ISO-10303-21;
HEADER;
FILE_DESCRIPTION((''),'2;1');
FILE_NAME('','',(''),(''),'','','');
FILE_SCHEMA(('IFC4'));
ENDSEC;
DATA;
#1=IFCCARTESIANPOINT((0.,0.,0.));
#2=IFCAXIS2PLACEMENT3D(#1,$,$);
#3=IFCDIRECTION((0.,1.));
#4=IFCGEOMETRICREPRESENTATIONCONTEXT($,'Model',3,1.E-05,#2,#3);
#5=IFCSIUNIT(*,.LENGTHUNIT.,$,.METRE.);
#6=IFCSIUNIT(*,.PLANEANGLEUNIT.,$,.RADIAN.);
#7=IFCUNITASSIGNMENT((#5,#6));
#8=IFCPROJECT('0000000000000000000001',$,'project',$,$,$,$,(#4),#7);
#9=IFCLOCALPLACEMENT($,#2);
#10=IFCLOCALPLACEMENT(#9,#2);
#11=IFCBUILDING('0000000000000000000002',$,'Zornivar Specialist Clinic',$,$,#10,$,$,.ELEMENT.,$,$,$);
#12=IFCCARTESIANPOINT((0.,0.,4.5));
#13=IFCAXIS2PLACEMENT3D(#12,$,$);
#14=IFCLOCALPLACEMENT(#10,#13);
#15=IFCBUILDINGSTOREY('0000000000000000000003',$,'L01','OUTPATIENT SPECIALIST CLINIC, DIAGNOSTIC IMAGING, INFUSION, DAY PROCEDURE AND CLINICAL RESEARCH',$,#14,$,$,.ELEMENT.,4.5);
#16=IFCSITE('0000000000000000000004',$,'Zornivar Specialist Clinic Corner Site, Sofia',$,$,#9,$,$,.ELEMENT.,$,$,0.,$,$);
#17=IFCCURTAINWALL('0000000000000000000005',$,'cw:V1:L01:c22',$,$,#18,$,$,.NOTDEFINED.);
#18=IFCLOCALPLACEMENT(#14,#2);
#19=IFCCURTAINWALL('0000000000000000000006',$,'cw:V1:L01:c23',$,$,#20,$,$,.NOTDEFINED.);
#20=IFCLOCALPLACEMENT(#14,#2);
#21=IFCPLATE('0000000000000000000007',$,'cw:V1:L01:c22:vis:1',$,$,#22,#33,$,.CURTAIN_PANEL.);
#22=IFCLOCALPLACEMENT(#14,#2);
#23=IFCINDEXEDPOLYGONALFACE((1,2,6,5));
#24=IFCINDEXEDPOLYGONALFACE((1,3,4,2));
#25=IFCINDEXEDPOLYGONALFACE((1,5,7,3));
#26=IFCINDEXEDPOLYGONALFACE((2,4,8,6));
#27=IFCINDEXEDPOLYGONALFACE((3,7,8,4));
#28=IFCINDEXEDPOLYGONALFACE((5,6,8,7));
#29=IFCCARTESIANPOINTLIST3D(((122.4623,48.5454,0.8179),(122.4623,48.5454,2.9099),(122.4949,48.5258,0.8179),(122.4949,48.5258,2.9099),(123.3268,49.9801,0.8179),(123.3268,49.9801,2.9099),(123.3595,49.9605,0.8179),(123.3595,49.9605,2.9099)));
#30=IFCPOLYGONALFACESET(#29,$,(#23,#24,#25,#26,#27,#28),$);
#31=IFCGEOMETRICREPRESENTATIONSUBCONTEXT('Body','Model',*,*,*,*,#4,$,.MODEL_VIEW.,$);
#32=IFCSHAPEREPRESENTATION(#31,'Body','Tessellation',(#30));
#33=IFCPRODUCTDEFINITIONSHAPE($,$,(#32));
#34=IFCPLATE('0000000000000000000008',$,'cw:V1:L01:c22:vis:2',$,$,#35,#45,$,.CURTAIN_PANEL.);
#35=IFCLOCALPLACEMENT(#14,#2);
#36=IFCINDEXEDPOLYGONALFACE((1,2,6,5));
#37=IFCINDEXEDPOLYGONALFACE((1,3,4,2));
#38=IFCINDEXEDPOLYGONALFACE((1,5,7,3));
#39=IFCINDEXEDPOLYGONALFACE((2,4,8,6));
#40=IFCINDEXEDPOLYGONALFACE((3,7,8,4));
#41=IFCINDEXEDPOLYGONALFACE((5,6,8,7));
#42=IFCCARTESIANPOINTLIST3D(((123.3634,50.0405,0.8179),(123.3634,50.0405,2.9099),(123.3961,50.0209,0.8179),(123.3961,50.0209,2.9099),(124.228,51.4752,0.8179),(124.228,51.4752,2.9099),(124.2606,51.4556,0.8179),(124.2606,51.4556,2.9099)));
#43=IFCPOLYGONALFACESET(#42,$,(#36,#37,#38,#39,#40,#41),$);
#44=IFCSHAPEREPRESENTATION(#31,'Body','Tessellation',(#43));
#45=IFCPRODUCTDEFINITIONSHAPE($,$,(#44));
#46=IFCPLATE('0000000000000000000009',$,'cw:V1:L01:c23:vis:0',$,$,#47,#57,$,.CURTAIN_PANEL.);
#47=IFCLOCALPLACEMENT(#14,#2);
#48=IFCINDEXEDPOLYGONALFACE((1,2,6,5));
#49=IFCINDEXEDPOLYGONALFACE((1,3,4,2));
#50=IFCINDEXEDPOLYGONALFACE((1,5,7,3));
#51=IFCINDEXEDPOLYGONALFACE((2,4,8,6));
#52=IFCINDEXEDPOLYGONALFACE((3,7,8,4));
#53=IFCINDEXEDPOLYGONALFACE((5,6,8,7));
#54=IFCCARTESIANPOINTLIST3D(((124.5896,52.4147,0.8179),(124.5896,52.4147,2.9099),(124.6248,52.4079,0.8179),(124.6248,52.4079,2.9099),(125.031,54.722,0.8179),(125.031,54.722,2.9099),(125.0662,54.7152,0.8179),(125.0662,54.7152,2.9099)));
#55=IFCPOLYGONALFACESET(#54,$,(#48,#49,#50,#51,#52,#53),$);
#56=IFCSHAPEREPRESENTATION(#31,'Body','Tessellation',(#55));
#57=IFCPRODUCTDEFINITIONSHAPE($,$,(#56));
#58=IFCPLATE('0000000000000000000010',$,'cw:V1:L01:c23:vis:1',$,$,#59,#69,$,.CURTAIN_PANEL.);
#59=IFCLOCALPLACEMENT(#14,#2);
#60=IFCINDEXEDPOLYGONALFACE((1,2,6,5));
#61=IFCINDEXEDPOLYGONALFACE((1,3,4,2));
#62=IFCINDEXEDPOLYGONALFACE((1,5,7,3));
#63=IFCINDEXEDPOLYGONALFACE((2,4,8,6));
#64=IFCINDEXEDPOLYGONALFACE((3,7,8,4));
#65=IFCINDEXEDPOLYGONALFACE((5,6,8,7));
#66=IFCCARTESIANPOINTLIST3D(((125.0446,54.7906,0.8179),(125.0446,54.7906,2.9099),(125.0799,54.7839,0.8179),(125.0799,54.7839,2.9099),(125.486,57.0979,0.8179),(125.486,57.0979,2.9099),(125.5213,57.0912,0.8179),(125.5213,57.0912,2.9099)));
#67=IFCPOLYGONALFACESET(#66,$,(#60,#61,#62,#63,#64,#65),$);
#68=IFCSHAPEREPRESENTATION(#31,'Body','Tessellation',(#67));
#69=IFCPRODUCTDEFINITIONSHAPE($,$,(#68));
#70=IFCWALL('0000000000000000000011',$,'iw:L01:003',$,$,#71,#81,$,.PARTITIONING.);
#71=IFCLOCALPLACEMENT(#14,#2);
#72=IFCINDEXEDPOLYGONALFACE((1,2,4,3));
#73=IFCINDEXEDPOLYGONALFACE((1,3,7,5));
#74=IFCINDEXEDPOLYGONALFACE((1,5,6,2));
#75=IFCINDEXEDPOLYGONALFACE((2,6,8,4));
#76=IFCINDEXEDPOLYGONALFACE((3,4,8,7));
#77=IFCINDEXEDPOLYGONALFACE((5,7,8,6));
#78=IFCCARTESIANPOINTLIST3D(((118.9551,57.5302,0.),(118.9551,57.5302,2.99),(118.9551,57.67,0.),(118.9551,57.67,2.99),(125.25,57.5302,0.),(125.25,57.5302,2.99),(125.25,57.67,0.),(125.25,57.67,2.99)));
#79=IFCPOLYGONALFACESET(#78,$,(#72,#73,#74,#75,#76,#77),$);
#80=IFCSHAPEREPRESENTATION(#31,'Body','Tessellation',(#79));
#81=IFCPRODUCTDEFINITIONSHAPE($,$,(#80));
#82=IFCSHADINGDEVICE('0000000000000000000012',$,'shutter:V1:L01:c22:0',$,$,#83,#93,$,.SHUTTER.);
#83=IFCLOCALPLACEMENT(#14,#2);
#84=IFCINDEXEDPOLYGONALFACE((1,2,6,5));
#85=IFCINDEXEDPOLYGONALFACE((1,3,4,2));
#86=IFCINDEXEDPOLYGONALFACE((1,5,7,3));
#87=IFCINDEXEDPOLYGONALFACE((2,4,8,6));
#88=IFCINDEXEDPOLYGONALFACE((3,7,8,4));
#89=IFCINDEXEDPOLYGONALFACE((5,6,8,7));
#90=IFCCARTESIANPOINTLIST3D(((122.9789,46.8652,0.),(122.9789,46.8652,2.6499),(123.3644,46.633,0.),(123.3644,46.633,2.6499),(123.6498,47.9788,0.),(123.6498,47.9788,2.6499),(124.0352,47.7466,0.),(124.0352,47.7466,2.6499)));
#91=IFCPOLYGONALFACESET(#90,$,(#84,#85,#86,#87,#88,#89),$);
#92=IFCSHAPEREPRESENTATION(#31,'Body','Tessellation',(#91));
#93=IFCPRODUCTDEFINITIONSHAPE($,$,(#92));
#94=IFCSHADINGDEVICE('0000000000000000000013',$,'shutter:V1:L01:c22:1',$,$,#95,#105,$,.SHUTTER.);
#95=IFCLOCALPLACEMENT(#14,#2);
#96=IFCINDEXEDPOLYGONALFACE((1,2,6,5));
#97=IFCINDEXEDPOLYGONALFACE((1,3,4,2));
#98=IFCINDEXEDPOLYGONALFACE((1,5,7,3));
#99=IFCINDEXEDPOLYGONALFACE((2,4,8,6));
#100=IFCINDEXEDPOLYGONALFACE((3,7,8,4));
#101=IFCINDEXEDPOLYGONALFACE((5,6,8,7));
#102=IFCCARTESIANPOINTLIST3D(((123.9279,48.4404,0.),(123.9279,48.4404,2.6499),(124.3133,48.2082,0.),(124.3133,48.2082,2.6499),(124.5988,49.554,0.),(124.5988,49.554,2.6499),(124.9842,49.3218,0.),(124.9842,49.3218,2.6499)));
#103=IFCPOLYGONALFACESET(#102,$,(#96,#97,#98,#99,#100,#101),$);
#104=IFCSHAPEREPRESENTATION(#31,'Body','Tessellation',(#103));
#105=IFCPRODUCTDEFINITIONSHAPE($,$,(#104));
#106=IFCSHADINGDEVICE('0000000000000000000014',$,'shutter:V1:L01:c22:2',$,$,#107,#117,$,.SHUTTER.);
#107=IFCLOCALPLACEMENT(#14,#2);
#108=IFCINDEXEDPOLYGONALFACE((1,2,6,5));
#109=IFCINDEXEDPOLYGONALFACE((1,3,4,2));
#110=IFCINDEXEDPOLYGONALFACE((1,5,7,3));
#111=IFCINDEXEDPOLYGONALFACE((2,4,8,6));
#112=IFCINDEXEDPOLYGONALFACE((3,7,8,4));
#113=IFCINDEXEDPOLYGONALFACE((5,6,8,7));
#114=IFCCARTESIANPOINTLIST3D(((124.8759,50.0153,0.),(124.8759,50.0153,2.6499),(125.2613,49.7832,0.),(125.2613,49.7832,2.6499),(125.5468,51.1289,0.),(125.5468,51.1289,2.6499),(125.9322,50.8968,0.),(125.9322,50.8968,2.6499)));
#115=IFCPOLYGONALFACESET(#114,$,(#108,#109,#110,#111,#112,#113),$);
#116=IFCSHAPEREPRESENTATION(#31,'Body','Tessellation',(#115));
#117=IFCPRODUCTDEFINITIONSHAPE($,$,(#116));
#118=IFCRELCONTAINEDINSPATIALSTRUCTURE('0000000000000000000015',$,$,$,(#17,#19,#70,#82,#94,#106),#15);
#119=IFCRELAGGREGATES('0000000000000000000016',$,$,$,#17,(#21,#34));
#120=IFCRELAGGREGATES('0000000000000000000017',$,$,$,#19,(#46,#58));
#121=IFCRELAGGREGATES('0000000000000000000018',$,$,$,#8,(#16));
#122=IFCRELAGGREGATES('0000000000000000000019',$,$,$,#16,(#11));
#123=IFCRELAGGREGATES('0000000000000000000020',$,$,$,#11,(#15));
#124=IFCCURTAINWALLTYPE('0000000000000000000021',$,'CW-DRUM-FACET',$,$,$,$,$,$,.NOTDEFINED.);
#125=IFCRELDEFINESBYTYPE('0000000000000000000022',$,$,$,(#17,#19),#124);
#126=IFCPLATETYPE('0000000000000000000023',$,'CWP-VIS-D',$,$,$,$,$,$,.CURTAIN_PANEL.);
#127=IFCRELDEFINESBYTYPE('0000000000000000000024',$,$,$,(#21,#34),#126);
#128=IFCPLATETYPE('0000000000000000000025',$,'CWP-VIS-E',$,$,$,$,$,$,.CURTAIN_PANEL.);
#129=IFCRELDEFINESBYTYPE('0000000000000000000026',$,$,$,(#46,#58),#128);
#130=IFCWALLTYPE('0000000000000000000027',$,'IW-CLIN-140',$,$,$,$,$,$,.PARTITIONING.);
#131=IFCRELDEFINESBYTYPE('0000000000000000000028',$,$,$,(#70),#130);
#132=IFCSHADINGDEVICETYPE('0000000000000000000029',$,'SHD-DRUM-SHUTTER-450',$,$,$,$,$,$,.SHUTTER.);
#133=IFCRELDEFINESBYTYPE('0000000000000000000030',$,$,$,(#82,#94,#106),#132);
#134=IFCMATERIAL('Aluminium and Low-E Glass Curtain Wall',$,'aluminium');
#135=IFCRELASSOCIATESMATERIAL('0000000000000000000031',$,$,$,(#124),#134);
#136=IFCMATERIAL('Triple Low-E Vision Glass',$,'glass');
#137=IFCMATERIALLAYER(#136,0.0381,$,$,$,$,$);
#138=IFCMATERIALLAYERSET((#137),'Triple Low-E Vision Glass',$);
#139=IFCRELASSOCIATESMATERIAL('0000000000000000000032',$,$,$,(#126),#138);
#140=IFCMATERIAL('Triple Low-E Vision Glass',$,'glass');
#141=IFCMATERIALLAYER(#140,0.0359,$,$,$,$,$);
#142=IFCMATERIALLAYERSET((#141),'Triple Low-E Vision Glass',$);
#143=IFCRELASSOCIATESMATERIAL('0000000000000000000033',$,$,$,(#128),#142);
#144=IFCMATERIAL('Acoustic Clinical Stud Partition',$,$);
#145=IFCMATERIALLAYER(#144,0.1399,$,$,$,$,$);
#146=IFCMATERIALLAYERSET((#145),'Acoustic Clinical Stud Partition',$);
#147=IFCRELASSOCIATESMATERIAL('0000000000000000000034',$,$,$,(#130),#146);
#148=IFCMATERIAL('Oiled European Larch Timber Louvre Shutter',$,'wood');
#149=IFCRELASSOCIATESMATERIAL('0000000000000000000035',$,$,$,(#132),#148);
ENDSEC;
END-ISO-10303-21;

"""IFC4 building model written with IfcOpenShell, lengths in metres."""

from ifc_helpers import new_model, si_unit, direction, frame, frame_2d, origin, origin_2d, place, context, subcontext, project, spatial, rectangle, extrude, material, layer, layer_set, type_object, element, aggregate, save


model = new_model("IFC4")

# Units and contexts
model_context = context("Model", 3, precision=1e-05, world=origin(), true_north=direction((0.0, 1.0)))
body_context = subcontext(model_context, "Body", "Model", "MODEL_VIEW")
ifc_project = project(units=[si_unit("LENGTHUNIT", "METRE"), si_unit("PLANEANGLEUNIT", "RADIAN")], contexts=[model_context])

# Site, building, storey
site_placement = place(None, origin())
site = spatial("IfcSite", under=ifc_project, at=site_placement, Name="Zornivar Specialist Clinic Corner Site, Sofia", CompositionType="ELEMENT", RefElevation=0.0)
building_placement = place(site_placement, origin())
building = spatial("IfcBuilding", under=site, at=building_placement, Name="Zornivar Specialist Clinic", CompositionType="ELEMENT")
storey_placement = place(building_placement, frame((0.0, 0.0, 4.5)))
storey = spatial("IfcBuildingStorey", under=building, at=storey_placement, Name="L01", Description="OUTPATIENT SPECIALIST CLINIC, DIAGNOSTIC IMAGING, INFUSION, DAY PROCEDURE AND CLINICAL RESEARCH", CompositionType="ELEMENT", Elevation=4.5)

# Curtain walls
ifc_material_1 = material(Name="Aluminium and Low-E Glass Curtain Wall", Category="aluminium")
curtain_wall_type = type_object("IfcCurtainWallType", Name="CW-DRUM-FACET", PredefinedType="NOTDEFINED", material=ifc_material_1)
curtain_wall_1_placement = place(storey_placement, origin())
curtain_wall_1 = element("IfcCurtainWall", 1, at=curtain_wall_1_placement, inside=storey, type_object=curtain_wall_type, Name="cw:V1:L01:c22", PredefinedType="NOTDEFINED")
curtain_wall_2_placement = place(storey_placement, origin())
curtain_wall_2 = element("IfcCurtainWall", 2, at=curtain_wall_2_placement, inside=storey, type_object=curtain_wall_type, Name="cw:V1:L01:c23", PredefinedType="NOTDEFINED")

# Plates
ifc_material_2 = material(Name="Triple Low-E Vision Glass", Category="glass")
ifc_layer_1 = layer(ifc_material_2, 0.0381)
ifc_layer_set_1 = layer_set([ifc_layer_1], Name="Triple Low-E Vision Glass")
plate_type_1 = type_object("IfcPlateType", Name="CWP-VIS-D", PredefinedType="CURTAIN_PANEL", material=ifc_layer_set_1)
plate_1_placement = place(storey_placement, frame((122.9109, 49.2529, 0.8179), z_axis=(0.0, 0.0, 1.0), x_axis=(0.516127, 0.856512, 0.0)))
plate_1 = element("IfcPlate", 3, at=plate_1_placement, type_object=plate_type_1, Name="cw:V1:L01:c22:vis:1", PredefinedType="CURTAIN_PANEL", context=body_context, shape_type="SweptSolid", body=[
    extrude(rectangle(XDim=1.675, YDim=0.0381, at=origin_2d()), origin(), (0.0, 0.0, 1.0), 2.092),
])
plate_2_placement = place(storey_placement, frame((123.812, 50.748, 0.8179), z_axis=(0.0, 0.0, 1.0), x_axis=(0.516127, 0.856512, 0.0)))
plate_2 = element("IfcPlate", 4, at=plate_2_placement, type_object=plate_type_1, Name="cw:V1:L01:c22:vis:2", PredefinedType="CURTAIN_PANEL", context=body_context, shape_type="SweptSolid", body=[
    extrude(rectangle(XDim=1.675, YDim=0.0381, at=origin_2d()), origin(), (0.0, 0.0, 1.0), 2.092),
])
aggregate(curtain_wall_1, [plate_1, plate_2])
ifc_material_3 = material(Name="Triple Low-E Vision Glass", Category="glass")
ifc_layer_2 = layer(ifc_material_3, 0.0359)
ifc_layer_set_2 = layer_set([ifc_layer_2], Name="Triple Low-E Vision Glass")
plate_type_2 = type_object("IfcPlateType", Name="CWP-VIS-E", PredefinedType="CURTAIN_PANEL", material=ifc_layer_set_2)
plate_3_placement = place(storey_placement, frame((124.8279, 53.5649, 0.8179), z_axis=(0.0, 0.0, 1.0), x_axis=(0.187897, 0.982189, 0.0)))
plate_3 = element("IfcPlate", 5, at=plate_3_placement, type_object=plate_type_2, Name="cw:V1:L01:c23:vis:0", PredefinedType="CURTAIN_PANEL", context=body_context, shape_type="SweptSolid", body=[
    extrude(rectangle(XDim=2.3491, YDim=0.0359, at=origin_2d()), origin(), (0.0, 0.0, 1.0), 2.092),
])
plate_4_placement = place(storey_placement, frame((125.283, 55.9409, 0.8179), z_axis=(0.0, 0.0, 1.0), x_axis=(0.187897, 0.982189, 0.0)))
plate_4 = element("IfcPlate", 6, at=plate_4_placement, type_object=plate_type_2, Name="cw:V1:L01:c23:vis:1", PredefinedType="CURTAIN_PANEL", context=body_context, shape_type="SweptSolid", body=[
    extrude(rectangle(XDim=2.3491, YDim=0.0359, at=origin_2d()), origin(), (0.0, 0.0, 1.0), 2.092),
])
aggregate(curtain_wall_2, [plate_3, plate_4])

# Wall
ifc_material_4 = material(Name="Acoustic Clinical Stud Partition")
ifc_layer_3 = layer(ifc_material_4, 0.1399)
ifc_layer_set_3 = layer_set([ifc_layer_3], Name="Acoustic Clinical Stud Partition")
wall_type = type_object("IfcWallType", Name="IW-CLIN-140", PredefinedType="PARTITIONING", material=ifc_layer_set_3)
wall_placement = place(storey_placement, frame((125.25, 57.6001, 0.0), z_axis=(0.0, 0.0, 1.0), x_axis=(-1.0, 0.0, 0.0)))
element("IfcWall", 7, at=wall_placement, inside=storey, type_object=wall_type, Name="iw:L01:003", PredefinedType="PARTITIONING", context=body_context, shape_type="SweptSolid", body=[
    extrude(rectangle(XDim=6.2949, YDim=0.1399, at=frame_2d((3.1475, 0.0))), origin(), (0.0, 0.0, 1.0), 2.99),
])

# Shading devices
ifc_material_5 = material(Name="Oiled European Larch Timber Louvre Shutter", Category="wood")
shading_device_type = type_object("IfcShadingDeviceType", Name="SHD-DRUM-SHUTTER-450", PredefinedType="SHUTTER", material=ifc_material_5)
for number, where, z_axis, x_axis, name in (
    (8, (123.5071, 47.3059, 0.0), (0.0, 0.0, 1.0), (0.516018, 0.856578, 0.0), "shutter:V1:L01:c22:0"),
    (9, (124.4561, 48.8811, 0.0), (0.0, 0.0, 1.0), (0.516018, 0.856578, 0.0), "shutter:V1:L01:c22:1"),
    (10, (125.4041, 50.4561, 0.0), (0.0, 0.0, 1.0), (0.516018, 0.856578, 0.0), "shutter:V1:L01:c22:2"),
):
    element("IfcShadingDevice", number, at=place(storey_placement, frame(where, z_axis=z_axis, x_axis=x_axis)), inside=storey, type_object=shading_device_type, Name=name, PredefinedType="SHUTTER", context=body_context, shape_type="SweptSolid", body=[
        extrude(rectangle(XDim=1.3, YDim=0.45, at=origin_2d()), origin(), (0.0, 0.0, 1.0), 2.6499),
    ])

save(model, "model.ifc")
